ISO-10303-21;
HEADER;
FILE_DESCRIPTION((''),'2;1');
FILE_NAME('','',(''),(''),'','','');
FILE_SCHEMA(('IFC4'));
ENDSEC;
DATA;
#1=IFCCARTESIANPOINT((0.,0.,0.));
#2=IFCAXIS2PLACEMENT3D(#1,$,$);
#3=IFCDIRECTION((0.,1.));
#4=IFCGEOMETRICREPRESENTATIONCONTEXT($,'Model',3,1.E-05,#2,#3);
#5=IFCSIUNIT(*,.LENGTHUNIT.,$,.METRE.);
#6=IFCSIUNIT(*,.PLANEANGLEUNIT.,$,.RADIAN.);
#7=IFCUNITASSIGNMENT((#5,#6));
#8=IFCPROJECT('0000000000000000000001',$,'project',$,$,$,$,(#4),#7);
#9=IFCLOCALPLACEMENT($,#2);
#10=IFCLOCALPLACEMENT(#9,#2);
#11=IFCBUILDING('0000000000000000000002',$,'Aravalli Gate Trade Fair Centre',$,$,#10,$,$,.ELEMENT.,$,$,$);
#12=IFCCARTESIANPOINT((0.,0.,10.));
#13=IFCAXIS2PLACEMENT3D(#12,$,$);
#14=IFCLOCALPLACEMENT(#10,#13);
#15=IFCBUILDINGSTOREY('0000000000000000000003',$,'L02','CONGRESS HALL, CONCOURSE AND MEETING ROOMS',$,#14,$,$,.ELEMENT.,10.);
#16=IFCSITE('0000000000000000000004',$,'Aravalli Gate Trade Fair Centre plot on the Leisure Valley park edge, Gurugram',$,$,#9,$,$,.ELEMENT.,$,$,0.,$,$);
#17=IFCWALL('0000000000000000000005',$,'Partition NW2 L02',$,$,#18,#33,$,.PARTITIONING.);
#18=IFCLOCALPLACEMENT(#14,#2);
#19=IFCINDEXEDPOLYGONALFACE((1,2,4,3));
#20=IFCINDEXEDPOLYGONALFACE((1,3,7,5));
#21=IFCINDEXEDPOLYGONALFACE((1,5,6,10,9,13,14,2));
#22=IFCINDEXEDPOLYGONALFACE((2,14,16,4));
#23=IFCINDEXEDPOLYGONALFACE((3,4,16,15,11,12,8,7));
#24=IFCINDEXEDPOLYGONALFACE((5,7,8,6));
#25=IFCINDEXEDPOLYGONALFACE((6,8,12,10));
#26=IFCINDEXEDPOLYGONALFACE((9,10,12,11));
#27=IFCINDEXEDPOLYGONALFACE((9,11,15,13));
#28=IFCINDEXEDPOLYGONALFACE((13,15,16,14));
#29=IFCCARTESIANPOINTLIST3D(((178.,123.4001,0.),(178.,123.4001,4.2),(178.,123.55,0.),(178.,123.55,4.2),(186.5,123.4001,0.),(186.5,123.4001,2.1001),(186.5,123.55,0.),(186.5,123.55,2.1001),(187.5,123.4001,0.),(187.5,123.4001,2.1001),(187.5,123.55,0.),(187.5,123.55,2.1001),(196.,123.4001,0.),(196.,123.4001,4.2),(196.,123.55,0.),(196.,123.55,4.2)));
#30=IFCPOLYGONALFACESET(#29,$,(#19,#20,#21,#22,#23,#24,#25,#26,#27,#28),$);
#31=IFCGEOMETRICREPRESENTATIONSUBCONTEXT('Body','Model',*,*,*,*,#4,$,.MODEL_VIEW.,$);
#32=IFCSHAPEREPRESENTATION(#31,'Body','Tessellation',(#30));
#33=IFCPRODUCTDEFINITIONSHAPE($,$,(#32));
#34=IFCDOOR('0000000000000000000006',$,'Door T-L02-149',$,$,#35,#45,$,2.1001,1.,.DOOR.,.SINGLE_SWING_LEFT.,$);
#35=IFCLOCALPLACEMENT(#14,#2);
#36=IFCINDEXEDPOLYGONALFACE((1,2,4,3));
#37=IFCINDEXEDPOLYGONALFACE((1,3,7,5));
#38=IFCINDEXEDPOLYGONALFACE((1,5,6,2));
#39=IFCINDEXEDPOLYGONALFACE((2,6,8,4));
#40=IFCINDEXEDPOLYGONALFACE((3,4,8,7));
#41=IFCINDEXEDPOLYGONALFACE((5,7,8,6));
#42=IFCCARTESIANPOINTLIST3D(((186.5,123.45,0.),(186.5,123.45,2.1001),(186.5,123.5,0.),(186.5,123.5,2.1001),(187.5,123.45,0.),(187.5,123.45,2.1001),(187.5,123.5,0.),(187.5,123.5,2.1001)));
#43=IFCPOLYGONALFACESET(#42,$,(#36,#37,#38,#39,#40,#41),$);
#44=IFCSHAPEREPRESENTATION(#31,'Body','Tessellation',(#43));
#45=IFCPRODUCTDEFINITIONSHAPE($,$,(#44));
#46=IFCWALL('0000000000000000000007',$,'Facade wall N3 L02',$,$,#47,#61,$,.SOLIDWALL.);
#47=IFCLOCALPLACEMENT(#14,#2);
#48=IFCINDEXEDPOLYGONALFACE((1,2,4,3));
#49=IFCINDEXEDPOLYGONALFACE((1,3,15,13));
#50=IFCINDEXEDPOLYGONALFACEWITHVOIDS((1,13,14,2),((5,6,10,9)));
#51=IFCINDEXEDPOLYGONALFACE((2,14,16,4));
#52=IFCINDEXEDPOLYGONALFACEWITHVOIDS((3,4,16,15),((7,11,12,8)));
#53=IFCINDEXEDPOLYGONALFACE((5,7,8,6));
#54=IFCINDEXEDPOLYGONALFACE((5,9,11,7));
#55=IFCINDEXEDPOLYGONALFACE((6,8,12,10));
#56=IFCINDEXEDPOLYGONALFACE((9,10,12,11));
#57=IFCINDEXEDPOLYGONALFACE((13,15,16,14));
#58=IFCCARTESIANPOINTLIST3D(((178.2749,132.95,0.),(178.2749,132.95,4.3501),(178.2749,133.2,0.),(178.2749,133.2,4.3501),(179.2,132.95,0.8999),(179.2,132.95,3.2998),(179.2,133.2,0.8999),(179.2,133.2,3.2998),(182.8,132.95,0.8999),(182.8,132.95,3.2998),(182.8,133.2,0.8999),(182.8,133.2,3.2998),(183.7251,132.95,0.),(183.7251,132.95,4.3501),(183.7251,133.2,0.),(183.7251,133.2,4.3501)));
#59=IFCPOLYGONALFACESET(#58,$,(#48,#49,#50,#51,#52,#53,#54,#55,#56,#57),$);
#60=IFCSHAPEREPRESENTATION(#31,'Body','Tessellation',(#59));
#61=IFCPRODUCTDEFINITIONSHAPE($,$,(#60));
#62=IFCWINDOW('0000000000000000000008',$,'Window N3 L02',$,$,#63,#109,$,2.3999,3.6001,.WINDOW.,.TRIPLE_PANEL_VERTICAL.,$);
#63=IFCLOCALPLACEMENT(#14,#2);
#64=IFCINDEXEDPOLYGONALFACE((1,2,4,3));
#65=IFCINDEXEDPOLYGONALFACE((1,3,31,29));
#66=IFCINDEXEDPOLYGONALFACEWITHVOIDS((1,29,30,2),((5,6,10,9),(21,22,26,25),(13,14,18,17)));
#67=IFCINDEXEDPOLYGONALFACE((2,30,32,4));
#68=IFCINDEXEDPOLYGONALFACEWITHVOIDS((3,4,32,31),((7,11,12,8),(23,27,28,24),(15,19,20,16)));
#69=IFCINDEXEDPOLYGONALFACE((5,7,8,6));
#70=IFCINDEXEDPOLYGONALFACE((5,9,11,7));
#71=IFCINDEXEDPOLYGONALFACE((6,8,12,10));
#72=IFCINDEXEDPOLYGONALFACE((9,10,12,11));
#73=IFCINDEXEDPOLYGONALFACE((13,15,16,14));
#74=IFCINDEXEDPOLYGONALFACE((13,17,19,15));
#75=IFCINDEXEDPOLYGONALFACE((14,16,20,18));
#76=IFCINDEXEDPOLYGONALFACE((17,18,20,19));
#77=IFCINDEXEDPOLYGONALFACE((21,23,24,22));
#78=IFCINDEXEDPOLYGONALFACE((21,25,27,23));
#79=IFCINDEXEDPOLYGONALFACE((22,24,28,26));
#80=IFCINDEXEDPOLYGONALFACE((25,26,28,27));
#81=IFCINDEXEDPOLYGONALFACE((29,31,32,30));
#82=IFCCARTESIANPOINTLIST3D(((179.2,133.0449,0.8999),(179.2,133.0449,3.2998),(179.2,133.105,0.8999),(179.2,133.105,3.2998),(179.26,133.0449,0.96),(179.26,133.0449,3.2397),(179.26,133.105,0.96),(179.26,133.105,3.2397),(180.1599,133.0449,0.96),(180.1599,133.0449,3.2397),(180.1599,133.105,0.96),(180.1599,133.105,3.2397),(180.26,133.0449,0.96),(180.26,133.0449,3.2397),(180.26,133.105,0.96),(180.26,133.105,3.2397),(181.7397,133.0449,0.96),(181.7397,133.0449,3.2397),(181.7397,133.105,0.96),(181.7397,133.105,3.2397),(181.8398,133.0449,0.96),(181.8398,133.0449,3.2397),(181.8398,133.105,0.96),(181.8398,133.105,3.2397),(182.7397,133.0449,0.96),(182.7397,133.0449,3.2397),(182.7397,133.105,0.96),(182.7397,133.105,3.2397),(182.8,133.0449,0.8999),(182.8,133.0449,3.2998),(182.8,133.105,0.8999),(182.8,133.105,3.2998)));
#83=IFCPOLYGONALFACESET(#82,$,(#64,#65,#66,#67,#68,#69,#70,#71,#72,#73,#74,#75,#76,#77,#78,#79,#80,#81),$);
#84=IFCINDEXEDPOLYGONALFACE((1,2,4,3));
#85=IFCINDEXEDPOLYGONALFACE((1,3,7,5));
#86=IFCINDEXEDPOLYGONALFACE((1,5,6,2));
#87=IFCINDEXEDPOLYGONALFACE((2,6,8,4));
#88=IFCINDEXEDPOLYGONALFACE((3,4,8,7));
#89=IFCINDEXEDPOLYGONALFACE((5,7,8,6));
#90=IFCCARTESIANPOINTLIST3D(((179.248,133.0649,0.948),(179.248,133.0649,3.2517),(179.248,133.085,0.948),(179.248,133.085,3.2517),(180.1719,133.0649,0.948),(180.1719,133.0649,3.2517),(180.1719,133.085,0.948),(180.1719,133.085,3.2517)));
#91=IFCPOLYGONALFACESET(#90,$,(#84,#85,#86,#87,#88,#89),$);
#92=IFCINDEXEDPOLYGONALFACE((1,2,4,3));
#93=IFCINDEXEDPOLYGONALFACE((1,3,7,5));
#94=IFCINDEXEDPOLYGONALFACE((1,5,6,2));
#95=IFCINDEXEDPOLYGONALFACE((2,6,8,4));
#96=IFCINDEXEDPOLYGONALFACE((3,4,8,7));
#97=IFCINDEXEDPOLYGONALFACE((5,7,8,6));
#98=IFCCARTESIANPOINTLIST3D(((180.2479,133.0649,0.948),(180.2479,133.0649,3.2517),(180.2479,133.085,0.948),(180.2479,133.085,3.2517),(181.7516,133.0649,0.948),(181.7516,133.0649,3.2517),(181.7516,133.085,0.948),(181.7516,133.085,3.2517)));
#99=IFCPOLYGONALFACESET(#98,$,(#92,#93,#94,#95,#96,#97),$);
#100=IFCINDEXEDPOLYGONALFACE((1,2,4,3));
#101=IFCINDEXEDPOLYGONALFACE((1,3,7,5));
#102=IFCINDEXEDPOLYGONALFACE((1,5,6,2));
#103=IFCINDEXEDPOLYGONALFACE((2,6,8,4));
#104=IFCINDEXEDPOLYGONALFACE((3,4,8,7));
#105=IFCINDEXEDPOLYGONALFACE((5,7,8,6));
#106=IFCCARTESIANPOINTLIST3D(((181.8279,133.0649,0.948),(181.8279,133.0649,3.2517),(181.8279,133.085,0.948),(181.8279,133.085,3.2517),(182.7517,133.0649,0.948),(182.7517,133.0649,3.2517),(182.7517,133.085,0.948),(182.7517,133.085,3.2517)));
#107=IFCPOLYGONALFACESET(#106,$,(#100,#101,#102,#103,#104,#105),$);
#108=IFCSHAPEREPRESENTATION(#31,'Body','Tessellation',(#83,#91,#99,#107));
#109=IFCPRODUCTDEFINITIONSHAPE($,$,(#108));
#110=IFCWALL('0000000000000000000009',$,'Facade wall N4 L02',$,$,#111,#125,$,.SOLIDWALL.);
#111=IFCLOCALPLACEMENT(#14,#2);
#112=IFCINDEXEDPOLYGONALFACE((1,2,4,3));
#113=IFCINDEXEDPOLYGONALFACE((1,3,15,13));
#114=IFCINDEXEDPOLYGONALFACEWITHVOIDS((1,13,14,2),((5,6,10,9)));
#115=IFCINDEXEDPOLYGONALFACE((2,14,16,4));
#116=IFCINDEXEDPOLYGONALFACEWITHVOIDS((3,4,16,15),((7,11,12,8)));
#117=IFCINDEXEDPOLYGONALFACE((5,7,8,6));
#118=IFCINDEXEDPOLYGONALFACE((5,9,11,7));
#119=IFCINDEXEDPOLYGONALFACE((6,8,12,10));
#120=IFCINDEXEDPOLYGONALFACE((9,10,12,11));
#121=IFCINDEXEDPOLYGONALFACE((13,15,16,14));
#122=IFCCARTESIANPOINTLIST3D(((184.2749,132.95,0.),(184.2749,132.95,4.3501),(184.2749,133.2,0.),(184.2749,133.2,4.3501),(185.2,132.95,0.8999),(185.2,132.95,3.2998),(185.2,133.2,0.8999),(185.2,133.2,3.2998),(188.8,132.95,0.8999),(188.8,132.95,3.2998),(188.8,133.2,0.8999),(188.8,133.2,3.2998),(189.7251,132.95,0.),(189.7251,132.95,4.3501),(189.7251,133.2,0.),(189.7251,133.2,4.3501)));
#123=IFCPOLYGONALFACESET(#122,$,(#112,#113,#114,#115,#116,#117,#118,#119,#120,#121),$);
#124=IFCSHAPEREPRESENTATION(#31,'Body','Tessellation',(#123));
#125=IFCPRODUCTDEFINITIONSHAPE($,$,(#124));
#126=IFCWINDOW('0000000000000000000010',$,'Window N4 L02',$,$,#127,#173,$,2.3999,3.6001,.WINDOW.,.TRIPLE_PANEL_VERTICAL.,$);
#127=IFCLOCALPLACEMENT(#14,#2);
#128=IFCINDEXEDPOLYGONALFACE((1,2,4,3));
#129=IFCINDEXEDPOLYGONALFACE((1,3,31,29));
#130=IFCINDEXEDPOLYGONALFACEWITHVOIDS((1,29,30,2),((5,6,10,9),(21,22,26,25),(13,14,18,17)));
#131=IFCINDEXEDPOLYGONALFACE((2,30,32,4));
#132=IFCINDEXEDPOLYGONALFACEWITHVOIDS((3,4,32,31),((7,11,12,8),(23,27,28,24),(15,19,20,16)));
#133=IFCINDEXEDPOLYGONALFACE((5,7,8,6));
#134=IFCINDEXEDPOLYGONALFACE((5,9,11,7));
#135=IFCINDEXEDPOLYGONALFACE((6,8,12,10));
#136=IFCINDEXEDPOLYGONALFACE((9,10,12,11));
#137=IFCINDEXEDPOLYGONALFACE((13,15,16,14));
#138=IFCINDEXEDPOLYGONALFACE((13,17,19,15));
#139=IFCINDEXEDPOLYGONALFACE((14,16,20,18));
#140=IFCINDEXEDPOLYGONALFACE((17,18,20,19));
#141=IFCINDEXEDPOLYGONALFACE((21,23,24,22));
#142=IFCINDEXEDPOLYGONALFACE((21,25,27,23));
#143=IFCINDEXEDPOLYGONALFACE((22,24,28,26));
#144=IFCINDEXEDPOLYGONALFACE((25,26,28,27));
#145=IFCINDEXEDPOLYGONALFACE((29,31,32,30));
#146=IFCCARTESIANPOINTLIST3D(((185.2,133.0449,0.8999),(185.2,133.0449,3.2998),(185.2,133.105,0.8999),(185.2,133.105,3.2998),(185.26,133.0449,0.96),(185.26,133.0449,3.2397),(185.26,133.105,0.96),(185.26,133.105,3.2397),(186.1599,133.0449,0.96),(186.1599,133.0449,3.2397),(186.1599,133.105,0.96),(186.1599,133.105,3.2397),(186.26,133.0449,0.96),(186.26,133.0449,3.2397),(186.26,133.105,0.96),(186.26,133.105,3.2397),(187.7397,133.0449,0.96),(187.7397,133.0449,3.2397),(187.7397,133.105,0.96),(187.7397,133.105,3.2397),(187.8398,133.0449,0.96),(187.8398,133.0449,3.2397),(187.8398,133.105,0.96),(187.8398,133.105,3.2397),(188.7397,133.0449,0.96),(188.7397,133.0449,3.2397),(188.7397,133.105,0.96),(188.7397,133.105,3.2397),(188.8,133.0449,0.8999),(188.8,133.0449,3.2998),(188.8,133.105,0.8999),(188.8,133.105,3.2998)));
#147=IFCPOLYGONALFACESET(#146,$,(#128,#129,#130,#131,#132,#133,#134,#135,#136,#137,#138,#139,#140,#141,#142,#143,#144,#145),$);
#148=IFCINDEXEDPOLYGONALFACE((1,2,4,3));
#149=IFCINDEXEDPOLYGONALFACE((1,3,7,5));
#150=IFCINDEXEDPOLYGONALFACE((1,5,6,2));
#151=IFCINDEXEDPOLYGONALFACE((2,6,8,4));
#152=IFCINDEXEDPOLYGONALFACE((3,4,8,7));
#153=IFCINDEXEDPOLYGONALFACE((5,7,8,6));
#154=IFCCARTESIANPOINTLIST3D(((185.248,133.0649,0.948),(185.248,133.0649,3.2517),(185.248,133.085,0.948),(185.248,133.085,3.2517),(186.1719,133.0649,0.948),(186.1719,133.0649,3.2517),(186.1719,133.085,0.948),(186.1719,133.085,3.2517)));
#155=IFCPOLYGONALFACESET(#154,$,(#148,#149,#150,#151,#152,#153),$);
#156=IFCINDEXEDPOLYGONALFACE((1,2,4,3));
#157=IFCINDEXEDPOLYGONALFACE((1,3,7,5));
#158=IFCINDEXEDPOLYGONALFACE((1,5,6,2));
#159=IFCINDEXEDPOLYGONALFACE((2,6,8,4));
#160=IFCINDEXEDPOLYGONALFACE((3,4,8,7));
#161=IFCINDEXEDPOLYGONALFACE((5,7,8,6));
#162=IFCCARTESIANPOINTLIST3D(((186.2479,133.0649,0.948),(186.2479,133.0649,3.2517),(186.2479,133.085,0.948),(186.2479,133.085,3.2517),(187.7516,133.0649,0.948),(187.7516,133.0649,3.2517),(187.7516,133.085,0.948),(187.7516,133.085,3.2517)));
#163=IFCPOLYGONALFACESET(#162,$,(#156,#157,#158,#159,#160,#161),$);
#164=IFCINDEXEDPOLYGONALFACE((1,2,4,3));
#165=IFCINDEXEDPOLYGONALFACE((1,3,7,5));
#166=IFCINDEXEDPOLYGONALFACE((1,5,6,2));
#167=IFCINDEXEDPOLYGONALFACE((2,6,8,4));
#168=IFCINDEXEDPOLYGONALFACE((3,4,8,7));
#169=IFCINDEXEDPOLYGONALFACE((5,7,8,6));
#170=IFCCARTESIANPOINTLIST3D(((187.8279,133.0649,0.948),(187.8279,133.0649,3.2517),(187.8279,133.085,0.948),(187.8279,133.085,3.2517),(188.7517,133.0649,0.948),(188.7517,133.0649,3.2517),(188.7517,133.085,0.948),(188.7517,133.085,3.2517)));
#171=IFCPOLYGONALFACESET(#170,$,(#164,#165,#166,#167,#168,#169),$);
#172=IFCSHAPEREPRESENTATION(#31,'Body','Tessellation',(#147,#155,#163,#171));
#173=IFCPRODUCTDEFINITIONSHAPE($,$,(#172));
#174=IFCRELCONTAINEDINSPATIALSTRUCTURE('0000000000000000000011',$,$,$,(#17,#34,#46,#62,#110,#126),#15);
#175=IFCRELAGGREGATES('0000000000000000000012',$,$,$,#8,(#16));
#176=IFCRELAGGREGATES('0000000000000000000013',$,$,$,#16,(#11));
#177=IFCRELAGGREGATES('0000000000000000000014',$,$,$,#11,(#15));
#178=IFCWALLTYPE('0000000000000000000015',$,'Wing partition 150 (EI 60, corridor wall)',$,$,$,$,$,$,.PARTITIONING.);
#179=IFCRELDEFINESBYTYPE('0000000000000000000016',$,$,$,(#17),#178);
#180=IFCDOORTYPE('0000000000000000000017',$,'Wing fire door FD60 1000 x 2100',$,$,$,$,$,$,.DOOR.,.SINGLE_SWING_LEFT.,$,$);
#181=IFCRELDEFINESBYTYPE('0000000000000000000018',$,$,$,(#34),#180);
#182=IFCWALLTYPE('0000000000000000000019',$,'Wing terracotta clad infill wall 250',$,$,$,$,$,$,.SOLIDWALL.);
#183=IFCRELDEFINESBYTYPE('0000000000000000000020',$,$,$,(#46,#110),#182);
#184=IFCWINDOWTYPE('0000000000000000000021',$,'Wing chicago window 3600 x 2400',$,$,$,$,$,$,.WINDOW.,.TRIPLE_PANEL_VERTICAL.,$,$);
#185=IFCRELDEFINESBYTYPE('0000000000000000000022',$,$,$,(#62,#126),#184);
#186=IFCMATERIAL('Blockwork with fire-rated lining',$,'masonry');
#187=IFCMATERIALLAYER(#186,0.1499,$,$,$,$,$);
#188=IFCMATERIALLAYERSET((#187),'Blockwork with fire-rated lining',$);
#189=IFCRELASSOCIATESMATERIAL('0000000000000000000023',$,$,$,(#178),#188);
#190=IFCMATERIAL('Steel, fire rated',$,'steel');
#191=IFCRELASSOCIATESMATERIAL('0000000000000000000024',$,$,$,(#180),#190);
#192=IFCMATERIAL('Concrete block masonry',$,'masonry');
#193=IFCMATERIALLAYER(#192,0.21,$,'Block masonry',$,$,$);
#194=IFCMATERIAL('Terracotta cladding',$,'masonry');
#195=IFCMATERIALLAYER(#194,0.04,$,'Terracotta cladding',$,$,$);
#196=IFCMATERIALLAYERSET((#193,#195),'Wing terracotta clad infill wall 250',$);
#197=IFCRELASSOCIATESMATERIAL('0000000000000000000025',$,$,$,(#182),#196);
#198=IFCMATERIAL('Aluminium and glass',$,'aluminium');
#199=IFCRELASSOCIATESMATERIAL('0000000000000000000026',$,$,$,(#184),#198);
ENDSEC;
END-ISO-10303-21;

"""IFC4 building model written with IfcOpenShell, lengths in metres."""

from ifc_helpers import new_model, si_unit, direction, frame, frame_2d, origin, place, context, subcontext, project, spatial, polyline, rectangle, outline, extrude, material, layer, layer_set, type_object, element, fill, save


model = new_model("IFC4")

# Units and contexts
model_context = context("Model", 3, precision=1e-05, world=origin(), true_north=direction((0.0, 1.0)))
body_context = subcontext(model_context, "Body", "Model", "MODEL_VIEW")
ifc_project = project(units=[si_unit("LENGTHUNIT", "METRE"), si_unit("PLANEANGLEUNIT", "RADIAN")], contexts=[model_context])

# Site, building, storey
site_placement = place(None, origin())
site = spatial("IfcSite", under=ifc_project, at=site_placement, Name="Aravalli Gate Trade Fair Centre plot on the Leisure Valley park edge, Gurugram", CompositionType="ELEMENT", RefElevation=0.0)
building_placement = place(site_placement, origin())
building = spatial("IfcBuilding", under=site, at=building_placement, Name="Aravalli Gate Trade Fair Centre", CompositionType="ELEMENT")
storey_placement = place(building_placement, frame((0.0, 0.0, 10.0)))
storey = spatial("IfcBuildingStorey", under=building, at=storey_placement, Name="L02", Description="CONGRESS HALL, CONCOURSE AND MEETING ROOMS", CompositionType="ELEMENT", Elevation=10.0)

# Shared definitions
ifc_material_1 = material(Name="Blockwork with fire-rated lining", Category="masonry")
ifc_layer_1 = layer(ifc_material_1, 0.1499)
ifc_layer_set_1 = layer_set([ifc_layer_1], Name="Blockwork with fire-rated lining")
wall_type_1 = type_object("IfcWallType", Name="Wing partition 150 (EI 60, corridor wall)", PredefinedType="PARTITIONING", material=ifc_layer_set_1)

# Wall, opening, door
wall_1_placement = place(storey_placement, frame((178.0, 123.4751, 0.0), z_axis=(0.0, 0.0, 1.0), x_axis=(1.0, 0.0, 0.0)))
wall_1 = element("IfcWall", 1, at=wall_1_placement, inside=storey, type_object=wall_type_1, Name="Partition NW2 L02", PredefinedType="PARTITIONING", context=body_context, shape_type="SweptSolid", body=[
    extrude(rectangle(XDim=18.0, YDim=0.1499, at=frame_2d((9.0, 0.0))), origin(), (0.0, 0.0, 1.0), 4.2),
])
opening_1_placement = place(wall_1_placement, frame((8.5, 0.0, 0.0)))
opening_1 = element("IfcOpeningElement", 2, at=opening_1_placement, cuts=wall_1, PredefinedType="OPENING", context=body_context, shape_type="SweptSolid", body=[
    extrude(rectangle(XDim=1.0, YDim=2.1001, at=frame_2d((0.5, 1.05))), frame((0.0, 0.085, 0.0), z_axis=(0.0, -1.0, 0.0), x_axis=(1.0, 0.0, 0.0)), (0.0, 0.0, 1.0), 0.1699),
])
ifc_material_2 = material(Name="Steel, fire rated", Category="steel")
door_type = type_object("IfcDoorType", Name="Wing fire door FD60 1000 x 2100", OperationType="SINGLE_SWING_LEFT", PredefinedType="DOOR", material=ifc_material_2)
door_placement = place(opening_1_placement, origin())
door = element("IfcDoor", 3, at=door_placement, inside=storey, type_object=door_type, Name="Door T-L02-149", OperationType="SINGLE_SWING_LEFT", OverallHeight=2.1001, OverallWidth=1.0, PredefinedType="DOOR", context=body_context, shape_type="SweptSolid", body=[
    extrude(rectangle(XDim=1.0, YDim=2.1001, at=frame_2d((0.5, 1.05))), frame((0.0, 0.0249, 0.0), z_axis=(0.0, -1.0, 0.0), x_axis=(1.0, 0.0, 0.0)), (0.0, 0.0, 1.0), 0.05),
])
fill(opening_1, door)

# Walls, openings, windows
ifc_material_3 = material(Name="Concrete block masonry", Category="masonry")
ifc_layer_2 = layer(ifc_material_3, 0.21, Name="Block masonry")
ifc_material_4 = material(Name="Terracotta cladding", Category="masonry")
ifc_layer_3 = layer(ifc_material_4, 0.04, Name="Terracotta cladding")
ifc_layer_set_2 = layer_set([ifc_layer_2, ifc_layer_3], Name="Wing terracotta clad infill wall 250")
wall_type_2 = type_object("IfcWallType", Name="Wing terracotta clad infill wall 250", PredefinedType="SOLIDWALL", material=ifc_layer_set_2)
wall_2_placement = place(storey_placement, frame((178.2749, 133.075, 0.0), z_axis=(0.0, 0.0, 1.0), x_axis=(1.0, 0.0, 0.0)))
wall_2 = element("IfcWall", 4, at=wall_2_placement, inside=storey, type_object=wall_type_2, Name="Facade wall N3 L02", PredefinedType="SOLIDWALL", context=body_context, shape_type="SweptSolid", body=[
    extrude(rectangle(XDim=5.4502, YDim=0.25, at=frame_2d((2.7251, 0.0))), origin(), (0.0, 0.0, 1.0), 4.3501),
])
opening_2_placement = place(wall_2_placement, frame((0.925, 0.0, 0.8999)))
opening_2 = element("IfcOpeningElement", 5, at=opening_2_placement, cuts=wall_2, PredefinedType="OPENING", context=body_context, shape_type="SweptSolid", body=[
    extrude(rectangle(XDim=3.6001, YDim=2.3999, at=frame_2d((1.8, 1.2))), frame((0.0, 0.135, 0.0), z_axis=(0.0, -1.0, 0.0), x_axis=(1.0, 0.0, 0.0)), (0.0, 0.0, 1.0), 0.27),
])
ifc_material_5 = material(Name="Aluminium and glass", Category="aluminium")
window_type = type_object("IfcWindowType", Name="Wing chicago window 3600 x 2400", PartitioningType="TRIPLE_PANEL_VERTICAL", PredefinedType="WINDOW", material=ifc_material_5)
window_1_placement = place(opening_2_placement, origin())
window_1 = element("IfcWindow", 6, at=window_1_placement, inside=storey, type_object=window_type, Name="Window N3 L02", OverallHeight=2.3999, OverallWidth=3.6001, PartitioningType="TRIPLE_PANEL_VERTICAL", PredefinedType="WINDOW", context=body_context, shape_type="SweptSolid", body=[
    extrude(outline(polyline([(0.0, 0.0), (3.6001, 0.0), (3.6001, 2.3999), (0.0, 2.3999), (0.0, 0.0)]), holes=[polyline([(0.0601, 0.0601), (0.96, 0.0601), (0.96, 2.3398), (0.0601, 2.3398), (0.0601, 0.0601)]), polyline([(1.0601, 0.0601), (2.5398, 0.0601), (2.5398, 2.3398), (1.0601, 2.3398), (1.0601, 0.0601)]), polyline([(2.6399, 0.0601), (3.5398, 0.0601), (3.5398, 2.3398), (2.6399, 2.3398), (2.6399, 0.0601)])]), frame((0.0, 0.03, 0.0), z_axis=(0.0, -1.0, 0.0), x_axis=(1.0, 0.0, 0.0)), (0.0, 0.0, 1.0), 0.0601),
    extrude(rectangle(XDim=0.9238, YDim=2.3037, at=frame_2d((0.51, 1.2))), frame((0.0, 0.01, 0.0), z_axis=(0.0, -1.0, 0.0), x_axis=(1.0, 0.0, 0.0)), (0.0, 0.0, 1.0), 0.02),
    extrude(rectangle(XDim=1.5037, YDim=2.3037, at=frame_2d((1.7998, 1.2))), frame((0.0, 0.01, 0.0), z_axis=(0.0, -1.0, 0.0), x_axis=(1.0, 0.0, 0.0)), (0.0, 0.0, 1.0), 0.02),
    extrude(rectangle(XDim=0.9238, YDim=2.3037, at=frame_2d((3.0898, 1.2))), frame((0.0, 0.01, 0.0), z_axis=(0.0, -1.0, 0.0), x_axis=(1.0, 0.0, 0.0)), (0.0, 0.0, 1.0), 0.02),
])
fill(opening_2, window_1)
wall_3_placement = place(storey_placement, frame((184.2749, 133.075, 0.0), z_axis=(0.0, 0.0, 1.0), x_axis=(1.0, 0.0, 0.0)))
wall_3 = element("IfcWall", 7, at=wall_3_placement, inside=storey, type_object=wall_type_2, Name="Facade wall N4 L02", PredefinedType="SOLIDWALL", context=body_context, shape_type="SweptSolid", body=[
    extrude(rectangle(XDim=5.4502, YDim=0.25, at=frame_2d((2.7251, 0.0))), origin(), (0.0, 0.0, 1.0), 4.3501),
])
opening_3_placement = place(wall_3_placement, frame((0.925, 0.0, 0.8999)))
opening_3 = element("IfcOpeningElement", 8, at=opening_3_placement, cuts=wall_3, PredefinedType="OPENING", context=body_context, shape_type="SweptSolid", body=[
    extrude(rectangle(XDim=3.6001, YDim=2.3999, at=frame_2d((1.8, 1.2))), frame((0.0, 0.135, 0.0), z_axis=(0.0, -1.0, 0.0), x_axis=(1.0, 0.0, 0.0)), (0.0, 0.0, 1.0), 0.27),
])
window_2_placement = place(opening_3_placement, origin())
window_2 = element("IfcWindow", 9, at=window_2_placement, inside=storey, type_object=window_type, Name="Window N4 L02", OverallHeight=2.3999, OverallWidth=3.6001, PartitioningType="TRIPLE_PANEL_VERTICAL", PredefinedType="WINDOW", context=body_context, shape_type="SweptSolid", body=[
    extrude(outline(polyline([(0.0, 0.0), (3.6001, 0.0), (3.6001, 2.3999), (0.0, 2.3999), (0.0, 0.0)]), holes=[polyline([(0.0601, 0.0601), (0.96, 0.0601), (0.96, 2.3398), (0.0601, 2.3398), (0.0601, 0.0601)]), polyline([(1.0601, 0.0601), (2.5398, 0.0601), (2.5398, 2.3398), (1.0601, 2.3398), (1.0601, 0.0601)]), polyline([(2.6399, 0.0601), (3.5398, 0.0601), (3.5398, 2.3398), (2.6399, 2.3398), (2.6399, 0.0601)])]), frame((0.0, 0.03, 0.0), z_axis=(0.0, -1.0, 0.0), x_axis=(1.0, 0.0, 0.0)), (0.0, 0.0, 1.0), 0.0601),
    extrude(rectangle(XDim=0.9238, YDim=2.3037, at=frame_2d((0.51, 1.2))), frame((0.0, 0.01, 0.0), z_axis=(0.0, -1.0, 0.0), x_axis=(1.0, 0.0, 0.0)), (0.0, 0.0, 1.0), 0.02),
    extrude(rectangle(XDim=1.5037, YDim=2.3037, at=frame_2d((1.7998, 1.2))), frame((0.0, 0.01, 0.0), z_axis=(0.0, -1.0, 0.0), x_axis=(1.0, 0.0, 0.0)), (0.0, 0.0, 1.0), 0.02),
    extrude(rectangle(XDim=0.9238, YDim=2.3037, at=frame_2d((3.0898, 1.2))), frame((0.0, 0.01, 0.0), z_axis=(0.0, -1.0, 0.0), x_axis=(1.0, 0.0, 0.0)), (0.0, 0.0, 1.0), 0.02),
])
fill(opening_3, window_2)

save(model, "model.ifc")
